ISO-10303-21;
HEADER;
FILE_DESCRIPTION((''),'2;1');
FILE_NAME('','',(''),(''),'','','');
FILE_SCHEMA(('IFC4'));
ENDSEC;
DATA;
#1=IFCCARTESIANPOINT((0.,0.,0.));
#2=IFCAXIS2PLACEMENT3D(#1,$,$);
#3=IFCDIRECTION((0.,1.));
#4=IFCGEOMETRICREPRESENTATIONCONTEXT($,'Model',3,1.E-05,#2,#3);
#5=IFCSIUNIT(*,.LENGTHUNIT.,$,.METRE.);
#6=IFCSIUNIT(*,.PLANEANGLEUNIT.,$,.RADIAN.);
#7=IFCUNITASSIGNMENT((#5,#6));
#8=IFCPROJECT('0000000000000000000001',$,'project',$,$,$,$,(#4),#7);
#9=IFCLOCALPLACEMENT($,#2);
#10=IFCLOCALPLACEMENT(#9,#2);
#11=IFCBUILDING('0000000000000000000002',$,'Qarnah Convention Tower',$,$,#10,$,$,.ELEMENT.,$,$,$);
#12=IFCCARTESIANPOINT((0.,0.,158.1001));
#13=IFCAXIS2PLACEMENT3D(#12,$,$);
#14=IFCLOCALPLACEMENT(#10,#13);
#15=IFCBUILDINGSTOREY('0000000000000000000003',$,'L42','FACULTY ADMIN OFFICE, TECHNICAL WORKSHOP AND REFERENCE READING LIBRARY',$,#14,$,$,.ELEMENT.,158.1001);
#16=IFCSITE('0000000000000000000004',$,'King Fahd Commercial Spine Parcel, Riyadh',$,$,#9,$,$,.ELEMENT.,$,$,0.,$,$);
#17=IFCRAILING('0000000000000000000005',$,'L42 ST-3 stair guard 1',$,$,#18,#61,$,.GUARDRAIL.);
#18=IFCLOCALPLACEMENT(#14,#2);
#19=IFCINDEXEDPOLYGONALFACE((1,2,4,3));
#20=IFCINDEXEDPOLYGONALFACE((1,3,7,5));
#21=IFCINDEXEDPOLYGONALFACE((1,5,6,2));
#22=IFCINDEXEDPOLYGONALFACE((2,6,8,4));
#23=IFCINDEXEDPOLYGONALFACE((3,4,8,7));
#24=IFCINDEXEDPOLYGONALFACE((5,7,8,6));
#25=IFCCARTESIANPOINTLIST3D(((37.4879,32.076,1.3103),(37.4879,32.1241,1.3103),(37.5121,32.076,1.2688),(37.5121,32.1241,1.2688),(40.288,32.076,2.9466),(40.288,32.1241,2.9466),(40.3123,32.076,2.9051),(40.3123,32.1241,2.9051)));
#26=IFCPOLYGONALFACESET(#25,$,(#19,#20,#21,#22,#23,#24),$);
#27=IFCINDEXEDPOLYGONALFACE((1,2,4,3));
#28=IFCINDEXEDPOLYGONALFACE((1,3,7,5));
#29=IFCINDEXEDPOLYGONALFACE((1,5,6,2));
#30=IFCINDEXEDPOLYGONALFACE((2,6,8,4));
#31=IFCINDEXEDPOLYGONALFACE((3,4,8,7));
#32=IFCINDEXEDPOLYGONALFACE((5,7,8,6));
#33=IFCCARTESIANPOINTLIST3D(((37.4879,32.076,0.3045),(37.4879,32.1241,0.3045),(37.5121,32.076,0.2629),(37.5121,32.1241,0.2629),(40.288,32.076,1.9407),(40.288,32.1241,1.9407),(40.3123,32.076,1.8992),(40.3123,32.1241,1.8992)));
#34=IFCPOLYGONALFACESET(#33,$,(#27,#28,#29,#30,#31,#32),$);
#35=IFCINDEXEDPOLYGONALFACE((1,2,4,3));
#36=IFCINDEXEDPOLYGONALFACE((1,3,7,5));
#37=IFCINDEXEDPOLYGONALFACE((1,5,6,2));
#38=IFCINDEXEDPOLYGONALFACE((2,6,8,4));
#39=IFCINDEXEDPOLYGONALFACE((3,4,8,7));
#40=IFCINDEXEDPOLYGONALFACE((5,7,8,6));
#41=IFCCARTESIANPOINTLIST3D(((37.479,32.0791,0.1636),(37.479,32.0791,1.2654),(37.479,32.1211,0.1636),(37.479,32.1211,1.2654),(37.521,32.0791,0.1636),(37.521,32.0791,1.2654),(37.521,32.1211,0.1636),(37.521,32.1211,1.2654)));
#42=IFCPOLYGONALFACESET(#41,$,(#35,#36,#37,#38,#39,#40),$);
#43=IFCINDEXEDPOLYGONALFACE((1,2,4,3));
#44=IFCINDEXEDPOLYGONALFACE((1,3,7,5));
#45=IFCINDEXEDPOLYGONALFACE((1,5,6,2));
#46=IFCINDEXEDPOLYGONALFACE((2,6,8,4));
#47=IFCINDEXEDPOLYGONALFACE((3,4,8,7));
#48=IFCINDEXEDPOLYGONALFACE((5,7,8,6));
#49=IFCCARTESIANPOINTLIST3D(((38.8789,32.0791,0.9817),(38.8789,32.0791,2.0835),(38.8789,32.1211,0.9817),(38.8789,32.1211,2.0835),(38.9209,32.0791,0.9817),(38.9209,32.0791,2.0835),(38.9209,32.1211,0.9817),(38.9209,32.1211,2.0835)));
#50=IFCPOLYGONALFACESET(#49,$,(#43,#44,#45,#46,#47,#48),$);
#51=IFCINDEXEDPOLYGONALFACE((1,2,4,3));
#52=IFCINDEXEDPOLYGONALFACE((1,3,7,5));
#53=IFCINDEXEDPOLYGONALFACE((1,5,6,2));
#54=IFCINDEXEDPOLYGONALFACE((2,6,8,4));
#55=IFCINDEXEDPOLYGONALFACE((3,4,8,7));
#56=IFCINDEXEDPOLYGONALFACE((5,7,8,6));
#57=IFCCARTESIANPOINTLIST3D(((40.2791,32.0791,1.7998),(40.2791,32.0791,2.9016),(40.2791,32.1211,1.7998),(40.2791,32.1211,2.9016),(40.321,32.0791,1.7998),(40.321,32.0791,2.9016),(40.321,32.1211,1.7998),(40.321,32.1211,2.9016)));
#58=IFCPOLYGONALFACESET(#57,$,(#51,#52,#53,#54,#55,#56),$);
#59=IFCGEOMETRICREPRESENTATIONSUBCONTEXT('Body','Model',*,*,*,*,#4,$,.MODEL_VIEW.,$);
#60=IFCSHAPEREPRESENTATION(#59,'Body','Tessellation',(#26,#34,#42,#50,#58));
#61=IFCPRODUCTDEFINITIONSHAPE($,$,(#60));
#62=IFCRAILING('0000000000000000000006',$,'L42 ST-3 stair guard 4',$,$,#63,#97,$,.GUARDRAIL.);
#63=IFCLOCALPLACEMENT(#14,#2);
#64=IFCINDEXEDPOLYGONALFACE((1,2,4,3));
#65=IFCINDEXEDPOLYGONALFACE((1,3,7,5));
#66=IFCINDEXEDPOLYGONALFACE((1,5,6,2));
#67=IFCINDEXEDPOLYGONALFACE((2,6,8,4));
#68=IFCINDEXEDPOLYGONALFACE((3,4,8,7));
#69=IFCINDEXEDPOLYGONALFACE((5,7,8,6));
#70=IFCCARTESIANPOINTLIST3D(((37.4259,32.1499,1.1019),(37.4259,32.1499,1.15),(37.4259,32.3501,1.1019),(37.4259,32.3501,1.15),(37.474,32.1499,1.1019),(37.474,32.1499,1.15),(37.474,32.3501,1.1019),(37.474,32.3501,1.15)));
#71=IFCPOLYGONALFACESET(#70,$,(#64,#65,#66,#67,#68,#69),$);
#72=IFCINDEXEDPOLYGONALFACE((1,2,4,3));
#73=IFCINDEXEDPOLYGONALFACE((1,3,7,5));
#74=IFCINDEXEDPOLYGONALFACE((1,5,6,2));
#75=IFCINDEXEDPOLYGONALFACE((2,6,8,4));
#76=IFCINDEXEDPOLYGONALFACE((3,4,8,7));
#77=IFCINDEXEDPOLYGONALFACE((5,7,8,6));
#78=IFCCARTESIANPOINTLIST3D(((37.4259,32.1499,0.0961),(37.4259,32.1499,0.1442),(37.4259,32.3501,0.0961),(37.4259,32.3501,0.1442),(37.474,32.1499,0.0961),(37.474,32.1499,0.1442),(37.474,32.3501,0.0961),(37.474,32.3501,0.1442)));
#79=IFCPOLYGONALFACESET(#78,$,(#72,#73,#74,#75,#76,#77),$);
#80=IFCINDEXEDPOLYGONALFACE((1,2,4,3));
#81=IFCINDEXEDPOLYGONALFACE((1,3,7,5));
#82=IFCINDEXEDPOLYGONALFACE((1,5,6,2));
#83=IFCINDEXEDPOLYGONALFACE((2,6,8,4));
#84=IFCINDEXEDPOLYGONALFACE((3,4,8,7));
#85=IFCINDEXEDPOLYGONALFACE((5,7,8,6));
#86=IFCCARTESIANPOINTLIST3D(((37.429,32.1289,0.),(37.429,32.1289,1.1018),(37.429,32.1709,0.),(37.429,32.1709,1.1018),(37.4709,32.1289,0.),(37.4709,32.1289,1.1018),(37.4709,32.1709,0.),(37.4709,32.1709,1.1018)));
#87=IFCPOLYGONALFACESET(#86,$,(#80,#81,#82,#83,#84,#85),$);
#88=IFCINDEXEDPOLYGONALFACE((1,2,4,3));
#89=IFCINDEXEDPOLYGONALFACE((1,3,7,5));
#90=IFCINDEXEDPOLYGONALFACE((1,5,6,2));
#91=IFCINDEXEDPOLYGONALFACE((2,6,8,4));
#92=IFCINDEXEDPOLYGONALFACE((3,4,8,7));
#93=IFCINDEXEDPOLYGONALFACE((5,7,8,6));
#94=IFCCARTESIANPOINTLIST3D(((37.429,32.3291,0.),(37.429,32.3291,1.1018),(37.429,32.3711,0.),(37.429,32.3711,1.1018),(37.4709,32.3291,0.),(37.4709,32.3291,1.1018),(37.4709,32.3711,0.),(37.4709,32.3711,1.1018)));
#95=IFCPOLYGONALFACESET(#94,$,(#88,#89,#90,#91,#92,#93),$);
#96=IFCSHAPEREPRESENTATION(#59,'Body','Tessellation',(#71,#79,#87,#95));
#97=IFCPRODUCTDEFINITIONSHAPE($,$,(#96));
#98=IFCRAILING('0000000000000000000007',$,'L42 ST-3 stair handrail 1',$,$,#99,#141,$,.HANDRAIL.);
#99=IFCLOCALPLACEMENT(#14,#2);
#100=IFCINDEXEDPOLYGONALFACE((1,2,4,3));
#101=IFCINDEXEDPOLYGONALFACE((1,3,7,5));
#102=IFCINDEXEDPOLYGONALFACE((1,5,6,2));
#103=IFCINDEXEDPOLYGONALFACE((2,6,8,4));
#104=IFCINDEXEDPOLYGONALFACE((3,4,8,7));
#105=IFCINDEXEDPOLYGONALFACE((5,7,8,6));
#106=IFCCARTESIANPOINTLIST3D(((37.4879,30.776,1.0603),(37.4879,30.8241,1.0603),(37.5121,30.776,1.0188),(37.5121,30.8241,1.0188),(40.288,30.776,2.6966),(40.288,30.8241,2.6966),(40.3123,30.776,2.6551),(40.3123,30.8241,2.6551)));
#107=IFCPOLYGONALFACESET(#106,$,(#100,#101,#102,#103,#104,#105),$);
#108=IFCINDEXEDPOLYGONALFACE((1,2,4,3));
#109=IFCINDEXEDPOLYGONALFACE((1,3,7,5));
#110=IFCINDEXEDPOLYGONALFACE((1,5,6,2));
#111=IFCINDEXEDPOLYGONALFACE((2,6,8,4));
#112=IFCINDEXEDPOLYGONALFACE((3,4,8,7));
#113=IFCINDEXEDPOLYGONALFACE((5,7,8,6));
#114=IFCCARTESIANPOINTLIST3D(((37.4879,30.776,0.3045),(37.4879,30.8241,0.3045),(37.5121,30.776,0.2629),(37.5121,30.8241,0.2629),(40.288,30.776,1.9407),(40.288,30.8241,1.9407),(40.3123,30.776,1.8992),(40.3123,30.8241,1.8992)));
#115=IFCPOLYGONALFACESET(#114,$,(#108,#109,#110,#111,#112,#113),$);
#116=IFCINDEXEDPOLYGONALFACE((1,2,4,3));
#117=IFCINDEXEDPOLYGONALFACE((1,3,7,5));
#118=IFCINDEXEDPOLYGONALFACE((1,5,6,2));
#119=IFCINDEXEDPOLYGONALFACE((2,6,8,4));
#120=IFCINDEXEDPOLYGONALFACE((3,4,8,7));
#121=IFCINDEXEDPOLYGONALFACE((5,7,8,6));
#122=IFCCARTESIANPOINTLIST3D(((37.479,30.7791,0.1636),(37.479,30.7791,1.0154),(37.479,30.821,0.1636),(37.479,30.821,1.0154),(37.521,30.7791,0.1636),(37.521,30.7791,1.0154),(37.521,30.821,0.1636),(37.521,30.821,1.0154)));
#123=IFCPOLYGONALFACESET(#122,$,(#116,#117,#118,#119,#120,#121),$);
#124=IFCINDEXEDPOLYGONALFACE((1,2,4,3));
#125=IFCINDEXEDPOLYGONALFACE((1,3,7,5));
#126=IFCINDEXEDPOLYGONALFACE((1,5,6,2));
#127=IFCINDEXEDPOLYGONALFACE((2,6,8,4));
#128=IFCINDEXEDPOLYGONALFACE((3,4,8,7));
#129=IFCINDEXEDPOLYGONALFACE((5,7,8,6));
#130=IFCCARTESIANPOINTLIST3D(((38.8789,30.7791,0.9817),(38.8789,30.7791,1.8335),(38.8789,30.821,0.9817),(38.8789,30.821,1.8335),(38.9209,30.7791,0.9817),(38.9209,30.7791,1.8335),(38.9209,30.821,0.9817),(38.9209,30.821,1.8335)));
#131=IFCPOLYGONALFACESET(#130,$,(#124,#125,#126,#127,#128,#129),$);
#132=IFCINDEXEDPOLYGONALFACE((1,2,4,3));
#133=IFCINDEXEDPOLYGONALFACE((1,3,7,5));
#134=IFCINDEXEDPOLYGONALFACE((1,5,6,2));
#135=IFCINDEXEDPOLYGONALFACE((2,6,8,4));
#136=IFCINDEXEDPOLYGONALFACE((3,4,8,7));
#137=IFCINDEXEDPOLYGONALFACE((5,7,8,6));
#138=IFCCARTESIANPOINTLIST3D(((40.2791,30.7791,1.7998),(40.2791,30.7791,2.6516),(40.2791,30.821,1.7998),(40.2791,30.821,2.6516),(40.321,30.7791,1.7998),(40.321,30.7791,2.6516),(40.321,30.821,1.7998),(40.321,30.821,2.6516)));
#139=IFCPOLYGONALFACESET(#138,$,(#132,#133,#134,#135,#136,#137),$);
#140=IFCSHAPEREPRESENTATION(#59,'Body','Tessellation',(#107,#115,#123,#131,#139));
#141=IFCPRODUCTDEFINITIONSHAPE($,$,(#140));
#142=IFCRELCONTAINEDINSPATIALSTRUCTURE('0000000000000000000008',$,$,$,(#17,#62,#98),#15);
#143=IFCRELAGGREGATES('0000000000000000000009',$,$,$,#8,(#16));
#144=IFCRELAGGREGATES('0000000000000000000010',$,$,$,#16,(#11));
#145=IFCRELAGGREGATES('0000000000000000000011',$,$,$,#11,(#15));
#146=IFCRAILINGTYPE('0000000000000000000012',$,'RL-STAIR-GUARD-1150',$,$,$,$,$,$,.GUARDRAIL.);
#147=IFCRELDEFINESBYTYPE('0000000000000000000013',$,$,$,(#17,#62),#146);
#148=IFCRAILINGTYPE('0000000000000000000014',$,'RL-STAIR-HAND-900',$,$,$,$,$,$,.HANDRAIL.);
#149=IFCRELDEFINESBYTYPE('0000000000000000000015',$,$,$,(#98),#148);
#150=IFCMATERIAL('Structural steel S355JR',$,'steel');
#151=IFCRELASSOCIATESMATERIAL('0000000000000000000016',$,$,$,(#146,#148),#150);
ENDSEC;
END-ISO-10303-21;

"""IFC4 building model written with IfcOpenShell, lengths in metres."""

from ifc_helpers import new_model, si_unit, direction, frame, origin, origin_2d, place, context, subcontext, project, spatial, rectangle, extrude, material, type_object, element, save


model = new_model("IFC4")

# Units and contexts
model_context = context("Model", 3, precision=1e-05, world=origin(), true_north=direction((0.0, 1.0)))
body_context = subcontext(model_context, "Body", "Model", "MODEL_VIEW")
ifc_project = project(units=[si_unit("LENGTHUNIT", "METRE"), si_unit("PLANEANGLEUNIT", "RADIAN")], contexts=[model_context])

# Site, building, storey
site_placement = place(None, origin())
site = spatial("IfcSite", under=ifc_project, at=site_placement, Name="King Fahd Commercial Spine Parcel, Riyadh", CompositionType="ELEMENT", RefElevation=0.0)
building_placement = place(site_placement, origin())
building = spatial("IfcBuilding", under=site, at=building_placement, Name="Qarnah Convention Tower", CompositionType="ELEMENT")
storey_placement = place(building_placement, frame((0.0, 0.0, 158.1001)))
storey = spatial("IfcBuildingStorey", under=building, at=storey_placement, Name="L42", Description="FACULTY ADMIN OFFICE, TECHNICAL WORKSHOP AND REFERENCE READING LIBRARY", CompositionType="ELEMENT", Elevation=158.1001)

# Shared definitions
ifc_material_1 = material(Name="Structural steel S355JR", Category="steel")

# Railings
railing_type_1 = type_object("IfcRailingType", Name="RL-STAIR-GUARD-1150", PredefinedType="GUARDRAIL", material=ifc_material_1)
railing_1_placement = place(storey_placement, frame((37.5, 32.1001, 0.1636)))
element("IfcRailing", 1, at=railing_1_placement, inside=storey, type_object=railing_type_1, Name="L42 ST-3 stair guard 1", PredefinedType="GUARDRAIL", context=body_context, shape_type="SweptSolid", body=[
    extrude(rectangle(XDim=0.0481, YDim=0.0481, at=origin_2d()), frame((0.0, 0.0, 1.126), z_axis=(0.863394, 0.0, 0.504531), x_axis=(0.0, 1.0, 0.0)), (0.0, 0.0, 1.0), 3.2432),
    extrude(rectangle(XDim=0.0481, YDim=0.0481, at=origin_2d()), frame((0.0, 0.0, 0.1201), z_axis=(0.863394, 0.0, 0.504531), x_axis=(0.0, 1.0, 0.0)), (0.0, 0.0, 1.0), 3.2432),
    extrude(rectangle(XDim=0.042, YDim=0.042, at=origin_2d()), origin(), (0.0, 0.0, 1.0), 1.1018),
    extrude(rectangle(XDim=0.042, YDim=0.042, at=origin_2d()), frame((1.3999, 0.0, 0.8181)), (0.0, 0.0, 1.0), 1.1018),
    extrude(rectangle(XDim=0.042, YDim=0.042, at=origin_2d()), frame((2.8, 0.0, 1.6362)), (0.0, 0.0, 1.0), 1.1018),
])
railing_2_placement = place(storey_placement, frame((37.45, 32.1499, 0.0)))
element("IfcRailing", 2, at=railing_2_placement, inside=storey, type_object=railing_type_1, Name="L42 ST-3 stair guard 4", PredefinedType="GUARDRAIL", context=body_context, shape_type="SweptSolid", body=[
    extrude(rectangle(XDim=0.0481, YDim=0.0481, at=origin_2d()), frame((0.0, 0.0, 1.126), z_axis=(0.0, 1.0, 0.0), x_axis=(-1.0, 0.0, 0.0)), (0.0, 0.0, 1.0), 0.2002),
    extrude(rectangle(XDim=0.0481, YDim=0.0481, at=origin_2d()), frame((0.0, 0.0, 0.1201), z_axis=(0.0, 1.0, 0.0), x_axis=(-1.0, 0.0, 0.0)), (0.0, 0.0, 1.0), 0.2002),
    extrude(rectangle(XDim=0.042, YDim=0.042, at=origin_2d()), origin(), (0.0, 0.0, 1.0), 1.1018),
    extrude(rectangle(XDim=0.042, YDim=0.042, at=origin_2d()), frame((0.0, 0.2002, 0.0)), (0.0, 0.0, 1.0), 1.1018),
])
railing_type_2 = type_object("IfcRailingType", Name="RL-STAIR-HAND-900", PredefinedType="HANDRAIL", material=ifc_material_1)
railing_3_placement = place(storey_placement, frame((37.5, 30.8, 0.1636)))
element("IfcRailing", 3, at=railing_3_placement, inside=storey, type_object=railing_type_2, Name="L42 ST-3 stair handrail 1", PredefinedType="HANDRAIL", context=body_context, shape_type="SweptSolid", body=[
    extrude(rectangle(XDim=0.0481, YDim=0.0481, at=origin_2d()), frame((0.0, 0.0, 0.876), z_axis=(0.863394, 0.0, 0.504531), x_axis=(0.0, 1.0, 0.0)), (0.0, 0.0, 1.0), 3.2432),
    extrude(rectangle(XDim=0.0481, YDim=0.0481, at=origin_2d()), frame((0.0, 0.0, 0.1201), z_axis=(0.863394, 0.0, 0.504531), x_axis=(0.0, 1.0, 0.0)), (0.0, 0.0, 1.0), 3.2432),
    extrude(rectangle(XDim=0.042, YDim=0.042, at=origin_2d()), origin(), (0.0, 0.0, 1.0), 0.8518),
    extrude(rectangle(XDim=0.042, YDim=0.042, at=origin_2d()), frame((1.3999, 0.0, 0.8181)), (0.0, 0.0, 1.0), 0.8518),
    extrude(rectangle(XDim=0.042, YDim=0.042, at=origin_2d()), frame((2.8, 0.0, 1.6362)), (0.0, 0.0, 1.0), 0.8518),
])

save(model, "model.ifc")
